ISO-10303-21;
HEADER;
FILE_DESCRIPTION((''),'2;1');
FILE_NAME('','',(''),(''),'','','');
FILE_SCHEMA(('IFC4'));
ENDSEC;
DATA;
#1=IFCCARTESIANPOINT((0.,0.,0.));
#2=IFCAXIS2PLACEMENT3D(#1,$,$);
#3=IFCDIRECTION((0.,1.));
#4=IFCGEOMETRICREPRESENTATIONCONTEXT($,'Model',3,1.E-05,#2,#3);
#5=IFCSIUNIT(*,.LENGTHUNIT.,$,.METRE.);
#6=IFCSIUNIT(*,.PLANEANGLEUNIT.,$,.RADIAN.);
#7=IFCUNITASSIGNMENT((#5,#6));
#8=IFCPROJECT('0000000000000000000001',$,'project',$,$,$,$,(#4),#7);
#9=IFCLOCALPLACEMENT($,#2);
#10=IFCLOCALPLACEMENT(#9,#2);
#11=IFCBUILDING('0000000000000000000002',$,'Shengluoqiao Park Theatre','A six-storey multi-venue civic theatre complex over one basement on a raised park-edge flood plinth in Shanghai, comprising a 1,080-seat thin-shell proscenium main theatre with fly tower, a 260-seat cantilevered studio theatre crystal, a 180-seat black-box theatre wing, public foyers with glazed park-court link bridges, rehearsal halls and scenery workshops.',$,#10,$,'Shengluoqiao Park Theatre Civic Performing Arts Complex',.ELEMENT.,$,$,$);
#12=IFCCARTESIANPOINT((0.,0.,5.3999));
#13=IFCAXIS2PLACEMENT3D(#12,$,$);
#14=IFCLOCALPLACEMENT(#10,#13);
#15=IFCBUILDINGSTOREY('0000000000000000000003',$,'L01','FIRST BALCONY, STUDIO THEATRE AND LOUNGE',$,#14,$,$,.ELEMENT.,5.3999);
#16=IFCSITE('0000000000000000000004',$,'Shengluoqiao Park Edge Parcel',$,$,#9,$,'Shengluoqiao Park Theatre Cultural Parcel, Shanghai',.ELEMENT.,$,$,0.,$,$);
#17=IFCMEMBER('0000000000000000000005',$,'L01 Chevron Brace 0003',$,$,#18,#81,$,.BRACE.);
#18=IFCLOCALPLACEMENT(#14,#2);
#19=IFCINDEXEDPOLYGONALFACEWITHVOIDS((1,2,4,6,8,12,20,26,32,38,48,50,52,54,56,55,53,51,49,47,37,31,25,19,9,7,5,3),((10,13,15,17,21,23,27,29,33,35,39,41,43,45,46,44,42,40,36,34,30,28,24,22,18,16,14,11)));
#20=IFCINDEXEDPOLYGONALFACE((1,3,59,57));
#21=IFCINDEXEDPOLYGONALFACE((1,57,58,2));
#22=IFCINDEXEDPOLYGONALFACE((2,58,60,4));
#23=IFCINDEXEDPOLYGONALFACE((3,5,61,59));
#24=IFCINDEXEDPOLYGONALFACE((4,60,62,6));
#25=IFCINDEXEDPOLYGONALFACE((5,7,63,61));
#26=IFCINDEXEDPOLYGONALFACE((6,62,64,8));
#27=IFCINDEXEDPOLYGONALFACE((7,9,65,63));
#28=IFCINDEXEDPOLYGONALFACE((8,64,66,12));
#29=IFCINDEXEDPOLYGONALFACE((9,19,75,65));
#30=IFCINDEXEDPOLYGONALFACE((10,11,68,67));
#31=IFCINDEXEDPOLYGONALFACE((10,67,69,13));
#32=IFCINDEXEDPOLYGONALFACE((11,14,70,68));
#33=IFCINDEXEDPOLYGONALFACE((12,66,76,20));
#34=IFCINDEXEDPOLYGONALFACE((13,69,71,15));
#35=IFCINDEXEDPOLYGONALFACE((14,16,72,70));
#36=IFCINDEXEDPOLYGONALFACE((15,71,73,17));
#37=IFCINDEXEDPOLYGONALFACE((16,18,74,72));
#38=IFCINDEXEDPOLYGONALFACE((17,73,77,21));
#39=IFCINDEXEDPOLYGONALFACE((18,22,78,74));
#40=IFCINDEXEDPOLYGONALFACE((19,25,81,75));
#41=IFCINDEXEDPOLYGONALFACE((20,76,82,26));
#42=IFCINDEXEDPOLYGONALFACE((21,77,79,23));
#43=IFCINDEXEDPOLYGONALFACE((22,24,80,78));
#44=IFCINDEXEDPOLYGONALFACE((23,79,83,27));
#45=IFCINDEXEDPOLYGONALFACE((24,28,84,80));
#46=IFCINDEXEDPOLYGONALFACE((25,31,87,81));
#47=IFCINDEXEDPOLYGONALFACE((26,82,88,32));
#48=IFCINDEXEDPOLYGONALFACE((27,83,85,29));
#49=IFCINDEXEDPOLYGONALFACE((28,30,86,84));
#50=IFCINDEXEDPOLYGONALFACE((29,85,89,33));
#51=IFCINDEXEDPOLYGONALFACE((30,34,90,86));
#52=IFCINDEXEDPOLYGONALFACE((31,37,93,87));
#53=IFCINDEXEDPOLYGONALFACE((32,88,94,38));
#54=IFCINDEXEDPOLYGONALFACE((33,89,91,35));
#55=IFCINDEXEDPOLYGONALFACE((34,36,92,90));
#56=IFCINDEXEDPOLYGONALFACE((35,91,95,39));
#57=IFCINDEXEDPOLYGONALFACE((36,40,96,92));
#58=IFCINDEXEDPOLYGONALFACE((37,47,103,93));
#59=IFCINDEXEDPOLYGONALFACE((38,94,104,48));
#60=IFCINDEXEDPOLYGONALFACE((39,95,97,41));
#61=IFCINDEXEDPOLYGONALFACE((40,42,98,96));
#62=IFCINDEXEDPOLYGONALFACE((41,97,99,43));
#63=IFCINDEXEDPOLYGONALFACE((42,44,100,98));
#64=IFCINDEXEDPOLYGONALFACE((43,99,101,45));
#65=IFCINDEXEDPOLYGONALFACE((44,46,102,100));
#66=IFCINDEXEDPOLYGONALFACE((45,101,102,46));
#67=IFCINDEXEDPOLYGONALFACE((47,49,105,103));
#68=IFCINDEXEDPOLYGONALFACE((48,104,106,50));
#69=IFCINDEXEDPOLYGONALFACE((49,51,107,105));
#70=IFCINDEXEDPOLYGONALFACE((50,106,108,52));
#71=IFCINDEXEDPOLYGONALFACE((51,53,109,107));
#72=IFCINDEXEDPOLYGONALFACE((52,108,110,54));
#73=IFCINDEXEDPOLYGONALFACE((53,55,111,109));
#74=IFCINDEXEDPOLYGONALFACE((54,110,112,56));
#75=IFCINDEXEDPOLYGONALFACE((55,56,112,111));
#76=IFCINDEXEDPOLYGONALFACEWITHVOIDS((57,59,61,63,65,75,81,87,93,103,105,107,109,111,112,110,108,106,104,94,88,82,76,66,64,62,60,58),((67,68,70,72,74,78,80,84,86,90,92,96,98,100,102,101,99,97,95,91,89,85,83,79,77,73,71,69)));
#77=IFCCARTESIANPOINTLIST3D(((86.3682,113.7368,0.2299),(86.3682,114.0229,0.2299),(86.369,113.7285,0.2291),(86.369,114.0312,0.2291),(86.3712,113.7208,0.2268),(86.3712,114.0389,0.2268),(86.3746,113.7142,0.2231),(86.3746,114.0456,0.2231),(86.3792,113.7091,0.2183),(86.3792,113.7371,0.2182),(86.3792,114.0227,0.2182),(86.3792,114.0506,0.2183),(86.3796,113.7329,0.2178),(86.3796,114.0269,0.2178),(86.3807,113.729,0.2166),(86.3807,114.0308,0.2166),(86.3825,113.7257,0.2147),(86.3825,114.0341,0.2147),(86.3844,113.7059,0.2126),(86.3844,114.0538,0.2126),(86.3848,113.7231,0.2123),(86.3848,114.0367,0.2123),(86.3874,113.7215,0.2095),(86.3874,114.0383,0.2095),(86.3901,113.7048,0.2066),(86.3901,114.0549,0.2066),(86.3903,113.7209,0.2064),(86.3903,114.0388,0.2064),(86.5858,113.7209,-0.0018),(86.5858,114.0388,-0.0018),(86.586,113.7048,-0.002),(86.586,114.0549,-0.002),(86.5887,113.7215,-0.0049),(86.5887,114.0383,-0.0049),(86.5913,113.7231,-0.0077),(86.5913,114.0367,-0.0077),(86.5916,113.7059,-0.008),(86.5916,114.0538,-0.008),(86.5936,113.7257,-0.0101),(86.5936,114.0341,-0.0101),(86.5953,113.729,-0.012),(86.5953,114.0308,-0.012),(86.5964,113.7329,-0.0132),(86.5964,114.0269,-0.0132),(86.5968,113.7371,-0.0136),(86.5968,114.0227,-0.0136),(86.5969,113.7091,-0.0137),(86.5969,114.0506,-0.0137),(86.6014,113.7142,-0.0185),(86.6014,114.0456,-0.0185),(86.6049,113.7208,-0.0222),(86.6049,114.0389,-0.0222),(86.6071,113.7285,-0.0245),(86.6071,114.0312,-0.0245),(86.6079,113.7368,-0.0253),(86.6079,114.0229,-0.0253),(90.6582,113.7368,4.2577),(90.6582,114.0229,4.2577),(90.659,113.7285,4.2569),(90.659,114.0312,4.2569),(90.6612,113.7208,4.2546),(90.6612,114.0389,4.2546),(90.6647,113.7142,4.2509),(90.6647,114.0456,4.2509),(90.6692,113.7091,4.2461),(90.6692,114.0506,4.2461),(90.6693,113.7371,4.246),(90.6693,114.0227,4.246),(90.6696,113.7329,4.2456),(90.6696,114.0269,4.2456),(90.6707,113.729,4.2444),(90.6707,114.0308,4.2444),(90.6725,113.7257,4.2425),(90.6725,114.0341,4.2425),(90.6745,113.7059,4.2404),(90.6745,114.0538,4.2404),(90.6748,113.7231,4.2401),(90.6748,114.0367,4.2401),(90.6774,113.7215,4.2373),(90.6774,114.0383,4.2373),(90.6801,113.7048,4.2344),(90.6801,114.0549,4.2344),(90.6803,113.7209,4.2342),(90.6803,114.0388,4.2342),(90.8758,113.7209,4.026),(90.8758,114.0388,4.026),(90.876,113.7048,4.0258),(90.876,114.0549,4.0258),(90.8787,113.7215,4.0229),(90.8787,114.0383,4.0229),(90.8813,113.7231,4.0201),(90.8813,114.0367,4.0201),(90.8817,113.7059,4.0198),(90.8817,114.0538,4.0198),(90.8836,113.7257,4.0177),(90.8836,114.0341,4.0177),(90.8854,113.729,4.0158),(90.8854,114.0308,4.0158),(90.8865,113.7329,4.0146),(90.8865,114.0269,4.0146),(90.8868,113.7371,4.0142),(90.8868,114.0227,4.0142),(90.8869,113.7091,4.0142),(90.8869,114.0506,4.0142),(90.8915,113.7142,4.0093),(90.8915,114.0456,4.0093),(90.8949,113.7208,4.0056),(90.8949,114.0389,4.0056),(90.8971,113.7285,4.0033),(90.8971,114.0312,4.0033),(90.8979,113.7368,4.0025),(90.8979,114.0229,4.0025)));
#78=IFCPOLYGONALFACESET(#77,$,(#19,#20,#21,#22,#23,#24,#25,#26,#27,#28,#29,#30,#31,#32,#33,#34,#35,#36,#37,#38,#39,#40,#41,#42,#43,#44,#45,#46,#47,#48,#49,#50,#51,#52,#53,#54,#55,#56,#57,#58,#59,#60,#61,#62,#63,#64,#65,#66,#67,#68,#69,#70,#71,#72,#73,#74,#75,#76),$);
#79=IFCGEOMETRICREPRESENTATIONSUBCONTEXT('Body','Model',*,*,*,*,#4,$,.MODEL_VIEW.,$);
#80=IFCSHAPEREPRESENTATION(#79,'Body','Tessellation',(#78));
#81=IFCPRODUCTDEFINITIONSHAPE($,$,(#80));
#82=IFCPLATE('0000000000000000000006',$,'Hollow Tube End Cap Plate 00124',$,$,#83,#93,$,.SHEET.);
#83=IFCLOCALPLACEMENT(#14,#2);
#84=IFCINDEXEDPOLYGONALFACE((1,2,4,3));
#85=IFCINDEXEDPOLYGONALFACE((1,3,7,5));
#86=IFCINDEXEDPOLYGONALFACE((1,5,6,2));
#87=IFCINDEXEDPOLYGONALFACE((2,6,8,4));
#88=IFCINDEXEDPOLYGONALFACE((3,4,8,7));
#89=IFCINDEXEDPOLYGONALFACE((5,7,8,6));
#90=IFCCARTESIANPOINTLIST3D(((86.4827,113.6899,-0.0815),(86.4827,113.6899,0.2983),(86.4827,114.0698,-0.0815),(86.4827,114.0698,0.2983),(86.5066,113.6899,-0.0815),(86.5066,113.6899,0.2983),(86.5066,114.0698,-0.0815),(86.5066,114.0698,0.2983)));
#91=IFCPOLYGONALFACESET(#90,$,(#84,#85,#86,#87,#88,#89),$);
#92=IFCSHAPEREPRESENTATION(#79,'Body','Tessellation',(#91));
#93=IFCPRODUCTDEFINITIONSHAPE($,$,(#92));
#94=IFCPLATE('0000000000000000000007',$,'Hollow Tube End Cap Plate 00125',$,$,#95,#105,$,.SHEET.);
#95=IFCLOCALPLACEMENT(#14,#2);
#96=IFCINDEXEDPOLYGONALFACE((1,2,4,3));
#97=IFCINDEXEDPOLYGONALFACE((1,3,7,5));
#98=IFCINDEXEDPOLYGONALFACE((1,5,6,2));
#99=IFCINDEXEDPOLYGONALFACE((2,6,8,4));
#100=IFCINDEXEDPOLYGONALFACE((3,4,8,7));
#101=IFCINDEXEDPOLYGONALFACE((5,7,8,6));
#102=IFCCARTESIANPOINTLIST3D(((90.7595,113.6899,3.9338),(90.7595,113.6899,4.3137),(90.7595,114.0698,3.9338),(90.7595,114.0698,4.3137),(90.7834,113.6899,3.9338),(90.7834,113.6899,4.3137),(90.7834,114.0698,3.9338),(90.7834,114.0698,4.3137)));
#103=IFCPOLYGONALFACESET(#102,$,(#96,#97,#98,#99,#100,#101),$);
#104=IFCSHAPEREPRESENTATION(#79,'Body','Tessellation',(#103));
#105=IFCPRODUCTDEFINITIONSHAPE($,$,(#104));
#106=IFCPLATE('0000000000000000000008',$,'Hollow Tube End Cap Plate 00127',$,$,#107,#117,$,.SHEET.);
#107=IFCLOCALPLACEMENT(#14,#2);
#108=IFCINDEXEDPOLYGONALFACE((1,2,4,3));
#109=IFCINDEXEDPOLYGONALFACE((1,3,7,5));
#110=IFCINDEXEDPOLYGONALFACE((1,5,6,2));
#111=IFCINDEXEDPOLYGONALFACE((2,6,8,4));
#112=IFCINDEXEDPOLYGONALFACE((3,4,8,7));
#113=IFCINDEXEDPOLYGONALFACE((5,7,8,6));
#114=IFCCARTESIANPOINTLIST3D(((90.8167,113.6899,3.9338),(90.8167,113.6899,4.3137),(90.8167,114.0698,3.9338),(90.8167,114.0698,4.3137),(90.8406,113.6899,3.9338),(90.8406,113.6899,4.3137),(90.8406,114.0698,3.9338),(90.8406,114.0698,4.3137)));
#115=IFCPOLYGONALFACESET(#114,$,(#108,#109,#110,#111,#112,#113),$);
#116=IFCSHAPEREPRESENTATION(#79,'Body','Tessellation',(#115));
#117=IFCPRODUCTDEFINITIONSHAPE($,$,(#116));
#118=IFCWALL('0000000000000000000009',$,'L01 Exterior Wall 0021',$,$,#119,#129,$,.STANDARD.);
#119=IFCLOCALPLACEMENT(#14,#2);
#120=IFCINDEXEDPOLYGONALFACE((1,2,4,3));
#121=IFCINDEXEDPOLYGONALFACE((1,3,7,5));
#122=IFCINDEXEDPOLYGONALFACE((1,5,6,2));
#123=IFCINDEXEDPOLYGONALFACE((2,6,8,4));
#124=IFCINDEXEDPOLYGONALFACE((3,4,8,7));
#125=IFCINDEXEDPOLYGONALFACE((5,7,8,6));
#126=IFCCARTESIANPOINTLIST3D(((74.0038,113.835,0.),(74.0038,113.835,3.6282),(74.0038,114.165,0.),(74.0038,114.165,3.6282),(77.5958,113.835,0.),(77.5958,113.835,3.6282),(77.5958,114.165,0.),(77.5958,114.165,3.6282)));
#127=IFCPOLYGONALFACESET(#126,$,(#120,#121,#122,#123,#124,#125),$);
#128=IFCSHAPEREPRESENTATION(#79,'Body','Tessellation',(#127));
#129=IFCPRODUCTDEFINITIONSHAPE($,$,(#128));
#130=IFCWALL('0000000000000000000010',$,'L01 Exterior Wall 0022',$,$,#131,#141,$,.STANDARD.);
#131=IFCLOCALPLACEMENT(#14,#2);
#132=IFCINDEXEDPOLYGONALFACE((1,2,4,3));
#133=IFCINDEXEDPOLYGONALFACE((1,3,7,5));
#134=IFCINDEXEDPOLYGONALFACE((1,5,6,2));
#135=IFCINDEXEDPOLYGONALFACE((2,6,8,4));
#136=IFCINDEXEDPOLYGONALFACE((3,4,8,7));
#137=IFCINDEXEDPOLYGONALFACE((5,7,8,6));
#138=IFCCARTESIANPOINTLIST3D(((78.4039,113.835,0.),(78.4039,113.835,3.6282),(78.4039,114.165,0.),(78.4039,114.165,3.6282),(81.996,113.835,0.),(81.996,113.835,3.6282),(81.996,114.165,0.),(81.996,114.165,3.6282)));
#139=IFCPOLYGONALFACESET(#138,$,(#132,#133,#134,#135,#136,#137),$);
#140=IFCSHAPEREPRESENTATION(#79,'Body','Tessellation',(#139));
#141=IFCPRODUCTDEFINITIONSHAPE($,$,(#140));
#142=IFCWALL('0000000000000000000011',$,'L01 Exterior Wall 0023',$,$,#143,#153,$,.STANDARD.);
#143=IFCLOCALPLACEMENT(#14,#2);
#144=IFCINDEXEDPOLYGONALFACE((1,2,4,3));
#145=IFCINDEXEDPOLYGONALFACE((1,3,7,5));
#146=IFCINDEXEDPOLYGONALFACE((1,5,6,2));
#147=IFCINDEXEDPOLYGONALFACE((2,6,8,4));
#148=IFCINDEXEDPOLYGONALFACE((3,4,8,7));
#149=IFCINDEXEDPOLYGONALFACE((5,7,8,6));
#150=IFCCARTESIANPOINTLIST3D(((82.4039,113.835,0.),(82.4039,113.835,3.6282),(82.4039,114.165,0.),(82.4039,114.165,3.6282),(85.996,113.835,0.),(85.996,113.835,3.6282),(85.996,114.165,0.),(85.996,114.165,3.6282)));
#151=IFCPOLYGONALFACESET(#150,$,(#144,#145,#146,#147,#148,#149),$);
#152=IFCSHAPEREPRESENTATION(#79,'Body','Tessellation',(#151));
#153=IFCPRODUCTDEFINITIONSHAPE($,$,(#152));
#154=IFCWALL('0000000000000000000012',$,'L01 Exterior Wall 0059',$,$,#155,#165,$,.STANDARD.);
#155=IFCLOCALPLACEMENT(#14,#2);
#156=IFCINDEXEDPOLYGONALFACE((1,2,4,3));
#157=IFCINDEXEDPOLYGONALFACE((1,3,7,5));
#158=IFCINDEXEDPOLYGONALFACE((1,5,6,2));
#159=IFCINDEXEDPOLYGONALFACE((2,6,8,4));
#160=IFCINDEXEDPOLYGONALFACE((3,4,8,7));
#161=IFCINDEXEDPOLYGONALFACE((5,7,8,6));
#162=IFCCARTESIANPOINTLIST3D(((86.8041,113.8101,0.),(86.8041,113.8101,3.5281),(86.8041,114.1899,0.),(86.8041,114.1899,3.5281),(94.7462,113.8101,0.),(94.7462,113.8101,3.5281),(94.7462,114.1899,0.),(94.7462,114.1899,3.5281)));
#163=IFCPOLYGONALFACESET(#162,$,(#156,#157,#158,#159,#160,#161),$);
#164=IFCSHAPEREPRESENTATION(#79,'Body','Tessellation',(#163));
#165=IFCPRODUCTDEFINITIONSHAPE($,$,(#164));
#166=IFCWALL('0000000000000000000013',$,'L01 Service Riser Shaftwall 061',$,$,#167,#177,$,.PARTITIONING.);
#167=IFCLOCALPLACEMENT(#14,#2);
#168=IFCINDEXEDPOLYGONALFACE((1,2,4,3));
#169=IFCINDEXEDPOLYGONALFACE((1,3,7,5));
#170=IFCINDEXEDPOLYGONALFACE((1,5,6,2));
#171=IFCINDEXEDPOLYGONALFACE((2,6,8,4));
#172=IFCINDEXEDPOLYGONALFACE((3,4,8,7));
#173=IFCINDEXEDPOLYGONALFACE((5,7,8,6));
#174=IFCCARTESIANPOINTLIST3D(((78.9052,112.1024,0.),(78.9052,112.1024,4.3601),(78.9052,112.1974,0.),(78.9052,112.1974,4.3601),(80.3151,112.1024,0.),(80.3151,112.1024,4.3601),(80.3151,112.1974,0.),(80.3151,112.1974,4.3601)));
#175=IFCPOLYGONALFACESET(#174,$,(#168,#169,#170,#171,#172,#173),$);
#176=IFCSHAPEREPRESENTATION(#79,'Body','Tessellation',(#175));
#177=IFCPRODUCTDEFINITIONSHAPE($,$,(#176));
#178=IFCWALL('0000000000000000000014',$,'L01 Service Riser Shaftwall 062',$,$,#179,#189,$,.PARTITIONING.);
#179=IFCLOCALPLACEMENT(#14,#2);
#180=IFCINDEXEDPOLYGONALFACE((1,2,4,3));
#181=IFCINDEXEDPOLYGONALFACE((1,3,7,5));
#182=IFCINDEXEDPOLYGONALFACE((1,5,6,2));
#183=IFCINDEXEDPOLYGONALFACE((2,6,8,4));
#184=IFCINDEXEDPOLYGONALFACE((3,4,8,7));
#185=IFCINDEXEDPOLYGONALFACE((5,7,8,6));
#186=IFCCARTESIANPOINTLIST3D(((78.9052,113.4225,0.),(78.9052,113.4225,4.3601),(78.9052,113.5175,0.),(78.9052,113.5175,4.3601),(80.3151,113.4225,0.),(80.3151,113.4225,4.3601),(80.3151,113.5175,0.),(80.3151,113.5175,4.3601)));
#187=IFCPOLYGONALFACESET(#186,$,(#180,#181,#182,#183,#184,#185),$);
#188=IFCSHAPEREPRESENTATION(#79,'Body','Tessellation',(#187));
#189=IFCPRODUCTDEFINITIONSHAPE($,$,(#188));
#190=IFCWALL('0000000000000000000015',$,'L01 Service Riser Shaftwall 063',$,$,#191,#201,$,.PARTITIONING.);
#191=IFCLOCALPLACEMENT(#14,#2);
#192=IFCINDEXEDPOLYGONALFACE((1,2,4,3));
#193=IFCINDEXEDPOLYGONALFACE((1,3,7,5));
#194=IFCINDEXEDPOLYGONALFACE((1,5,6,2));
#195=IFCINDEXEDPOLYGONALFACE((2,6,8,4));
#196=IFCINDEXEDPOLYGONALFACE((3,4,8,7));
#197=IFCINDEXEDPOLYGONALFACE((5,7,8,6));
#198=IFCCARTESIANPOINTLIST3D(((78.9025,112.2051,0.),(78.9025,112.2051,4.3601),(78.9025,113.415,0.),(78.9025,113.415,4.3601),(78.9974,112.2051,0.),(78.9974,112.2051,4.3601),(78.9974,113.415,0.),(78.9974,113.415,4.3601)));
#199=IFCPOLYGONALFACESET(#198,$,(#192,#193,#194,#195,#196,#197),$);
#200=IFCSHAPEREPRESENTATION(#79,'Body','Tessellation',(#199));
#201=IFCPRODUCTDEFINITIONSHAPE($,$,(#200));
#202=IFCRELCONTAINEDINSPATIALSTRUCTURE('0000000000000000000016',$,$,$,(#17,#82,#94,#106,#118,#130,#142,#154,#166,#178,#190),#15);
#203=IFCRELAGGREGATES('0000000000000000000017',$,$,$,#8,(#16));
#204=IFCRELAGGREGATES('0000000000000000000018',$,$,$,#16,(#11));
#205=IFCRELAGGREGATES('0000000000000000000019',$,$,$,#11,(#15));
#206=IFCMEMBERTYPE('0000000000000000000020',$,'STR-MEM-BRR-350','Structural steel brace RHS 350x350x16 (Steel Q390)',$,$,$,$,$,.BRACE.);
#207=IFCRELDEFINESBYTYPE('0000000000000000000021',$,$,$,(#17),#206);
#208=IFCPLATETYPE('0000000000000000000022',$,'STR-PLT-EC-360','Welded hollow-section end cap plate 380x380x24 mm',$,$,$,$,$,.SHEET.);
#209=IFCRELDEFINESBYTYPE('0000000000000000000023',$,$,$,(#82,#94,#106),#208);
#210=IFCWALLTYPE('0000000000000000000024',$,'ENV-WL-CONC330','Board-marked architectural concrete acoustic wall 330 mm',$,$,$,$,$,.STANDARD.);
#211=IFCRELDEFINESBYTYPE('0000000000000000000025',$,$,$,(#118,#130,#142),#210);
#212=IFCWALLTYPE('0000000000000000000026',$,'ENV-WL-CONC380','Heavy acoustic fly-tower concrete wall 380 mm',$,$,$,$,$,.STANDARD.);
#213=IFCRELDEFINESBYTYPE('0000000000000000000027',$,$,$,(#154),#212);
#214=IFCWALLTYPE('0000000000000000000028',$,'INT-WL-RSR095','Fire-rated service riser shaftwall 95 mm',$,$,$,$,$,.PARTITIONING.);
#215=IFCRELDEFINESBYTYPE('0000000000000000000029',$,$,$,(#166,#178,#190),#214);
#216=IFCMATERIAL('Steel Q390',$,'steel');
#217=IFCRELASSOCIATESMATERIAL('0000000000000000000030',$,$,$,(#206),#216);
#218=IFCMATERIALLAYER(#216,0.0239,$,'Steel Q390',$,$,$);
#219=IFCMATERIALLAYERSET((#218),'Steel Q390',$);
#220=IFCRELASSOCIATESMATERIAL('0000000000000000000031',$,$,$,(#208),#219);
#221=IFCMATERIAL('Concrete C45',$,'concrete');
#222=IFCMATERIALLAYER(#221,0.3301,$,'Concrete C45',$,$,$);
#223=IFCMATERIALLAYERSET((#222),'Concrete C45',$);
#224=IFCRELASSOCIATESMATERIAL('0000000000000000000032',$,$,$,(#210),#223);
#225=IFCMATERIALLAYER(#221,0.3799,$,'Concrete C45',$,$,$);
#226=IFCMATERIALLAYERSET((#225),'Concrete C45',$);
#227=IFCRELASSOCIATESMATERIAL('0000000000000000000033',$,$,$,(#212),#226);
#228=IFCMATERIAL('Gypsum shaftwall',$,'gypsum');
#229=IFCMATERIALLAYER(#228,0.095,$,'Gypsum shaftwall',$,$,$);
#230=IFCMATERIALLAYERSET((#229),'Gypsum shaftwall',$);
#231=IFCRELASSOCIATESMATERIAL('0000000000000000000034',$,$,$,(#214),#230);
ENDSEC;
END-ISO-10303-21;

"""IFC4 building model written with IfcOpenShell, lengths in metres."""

from ifc_helpers import new_model, si_unit, direction, frame, frame_2d, origin, origin_2d, place, context, subcontext, project, spatial, rectangle, hollow_rectangle, extrude, material, layer, layer_set, material_profile, profile_set, type_object, element, save


model = new_model("IFC4")

# Units and contexts
model_context = context("Model", 3, precision=1e-05, world=origin(), true_north=direction((0.0, 1.0)))
body_context = subcontext(model_context, "Body", "Model", "MODEL_VIEW")
ifc_project = project(units=[si_unit("LENGTHUNIT", "METRE"), si_unit("PLANEANGLEUNIT", "RADIAN")], contexts=[model_context])

# Site, building, storey
site_placement = place(None, origin())
site = spatial("IfcSite", under=ifc_project, at=site_placement, Name="Shengluoqiao Park Edge Parcel", LongName="Shengluoqiao Park Theatre Cultural Parcel, Shanghai", CompositionType="ELEMENT", RefElevation=0.0)
building_placement = place(site_placement, origin())
building = spatial("IfcBuilding", under=site, at=building_placement, Name="Shengluoqiao Park Theatre", Description="A six-storey multi-venue civic theatre complex over one basement on a raised park-edge flood plinth in Shanghai, comprising a 1,080-seat thin-shell proscenium main theatre with fly tower, a 260-seat cantilevered studio theatre crystal, a 180-seat black-box theatre wing, public foyers with glazed park-court link bridges, rehearsal halls and scenery workshops.", LongName="Shengluoqiao Park Theatre Civic Performing Arts Complex", CompositionType="ELEMENT")
storey_placement = place(building_placement, frame((0.0, 0.0, 5.3999)))
storey = spatial("IfcBuildingStorey", under=building, at=storey_placement, Name="L01", Description="FIRST BALCONY, STUDIO THEATRE AND LOUNGE", CompositionType="ELEMENT", Elevation=5.3999)

# Shared definitions
ifc_material_1 = material(Name="Steel Q390", Category="steel")

# Member
ifc_material_profile_1 = material_profile(ifc_material_1, hollow_rectangle(XDim=0.3501, YDim=0.3501, WallThickness=0.0161, InnerFilletRadius=0.0161, OuterFilletRadius=0.032, at=origin_2d()), Name="RHS 350x350x16")
ifc_profile_set_1 = profile_set([ifc_material_profile_1], Name="Steel Q390")
member_type = type_object("IfcMemberType", Name="STR-MEM-BRR-350", Description="Structural steel brace RHS 350x350x16 (Steel Q390)", PredefinedType="BRACE", material=ifc_profile_set_1)
member_placement = place(storey_placement, frame((86.488, 113.8799, 0.1023), z_axis=(0.729035, 0.0, 0.684476), x_axis=(0.0, 1.0, 0.0)))
element("IfcMember", 1, at=member_placement, inside=storey, type_object=member_type, Name="L01 Chevron Brace 0003", PredefinedType="BRACE", context=body_context, shape_type="SweptSolid", body=[
    extrude(hollow_rectangle(XDim=0.3501, YDim=0.3501, WallThickness=0.0161, InnerFilletRadius=0.0161, OuterFilletRadius=0.032, at=origin_2d()), origin(), (0.0, 0.0, 1.0), 5.8845),
])

# Plates
ifc_layer_1 = layer(ifc_material_1, 0.0239, Name="Steel Q390")
ifc_layer_set_1 = layer_set([ifc_layer_1], Name="Steel Q390")
plate_type = type_object("IfcPlateType", Name="STR-PLT-EC-360", Description="Welded hollow-section end cap plate 380x380x24 mm", PredefinedType="SHEET", material=ifc_layer_set_1)
for number, where, z_axis, x_axis, name in (
    (2, (86.4946, 113.8799, -0.0815), (0.0, 0.0, 1.0), (1.0, 0.0, 0.0), "Hollow Tube End Cap Plate 00124"),
    (3, (90.7715, 113.8799, 3.9338), (0.0, 0.0, 1.0), (1.0, 0.0, 0.0), "Hollow Tube End Cap Plate 00125"),
    (4, (90.8286, 113.8799, 3.9338), (0.0, 0.0, 1.0), (-1.0, 0.0, 0.0), "Hollow Tube End Cap Plate 00127"),
):
    element("IfcPlate", number, at=place(storey_placement, frame(where, z_axis=z_axis, x_axis=x_axis)), inside=storey, type_object=plate_type, Name=name, PredefinedType="SHEET", context=body_context, shape_type="SweptSolid", body=[
        extrude(rectangle(XDim=0.0239, YDim=0.3799, at=origin_2d()), origin(), (0.0, 0.0, 1.0), 0.3799),
    ])

# Walls
ifc_material_2 = material(Name="Concrete C45", Category="concrete")
ifc_layer_2 = layer(ifc_material_2, 0.3301, Name="Concrete C45")
ifc_layer_set_2 = layer_set([ifc_layer_2], Name="Concrete C45")
wall_type_1 = type_object("IfcWallType", Name="ENV-WL-CONC330", Description="Board-marked architectural concrete acoustic wall 330 mm", PredefinedType="STANDARD", material=ifc_layer_set_2)
for number, where, z_axis, x_axis, name in (
    (5, (74.0039, 114.0, 0.0), (0.0, 0.0, 1.0), (1.0, 0.0, 0.0), "L01 Exterior Wall 0021"),
    (6, (78.4041, 114.0, 0.0), (0.0, 0.0, 1.0), (1.0, 0.0, 0.0), "L01 Exterior Wall 0022"),
    (7, (82.4041, 114.0, 0.0), (0.0, 0.0, 1.0), (1.0, 0.0, 0.0), "L01 Exterior Wall 0023"),
):
    element("IfcWall", number, at=place(storey_placement, frame(where, z_axis=z_axis, x_axis=x_axis)), inside=storey, type_object=wall_type_1, Name=name, PredefinedType="STANDARD", context=body_context, shape_type="SweptSolid", body=[
        extrude(rectangle(XDim=3.592, YDim=0.3301, at=frame_2d((1.7959, 0.0))), origin(), (0.0, 0.0, 1.0), 3.6282),
    ])
ifc_layer_3 = layer(ifc_material_2, 0.3799, Name="Concrete C45")
ifc_layer_set_3 = layer_set([ifc_layer_3], Name="Concrete C45")
wall_type_2 = type_object("IfcWallType", Name="ENV-WL-CONC380", Description="Heavy acoustic fly-tower concrete wall 380 mm", PredefinedType="STANDARD", material=ifc_layer_set_3)
wall_1_placement = place(storey_placement, frame((86.804, 114.0, 0.0), z_axis=(0.0, 0.0, 1.0), x_axis=(1.0, 0.0, 0.0)))
element("IfcWall", 8, at=wall_1_placement, inside=storey, type_object=wall_type_2, Name="L01 Exterior Wall 0059", PredefinedType="STANDARD", context=body_context, shape_type="SweptSolid", body=[
    extrude(rectangle(XDim=7.9421, YDim=0.3799, at=frame_2d((3.9712, 0.0))), origin(), (0.0, 0.0, 1.0), 3.5281),
])
ifc_material_3 = material(Name="Gypsum shaftwall", Category="gypsum")
ifc_layer_4 = layer(ifc_material_3, 0.095, Name="Gypsum shaftwall")
ifc_layer_set_4 = layer_set([ifc_layer_4], Name="Gypsum shaftwall")
wall_type_3 = type_object("IfcWallType", Name="INT-WL-RSR095", Description="Fire-rated service riser shaftwall 95 mm", PredefinedType="PARTITIONING", material=ifc_layer_set_4)
for number, where, z_axis, x_axis, name in (
    (9, (78.905, 112.1499, 0.0), (0.0, 0.0, 1.0), (1.0, 0.0, 0.0), "L01 Service Riser Shaftwall 061"),
    (10, (78.905, 113.47, 0.0), (0.0, 0.0, 1.0), (1.0, 0.0, 0.0), "L01 Service Riser Shaftwall 062"),
):
    element("IfcWall", number, at=place(storey_placement, frame(where, z_axis=z_axis, x_axis=x_axis)), inside=storey, type_object=wall_type_3, Name=name, PredefinedType="PARTITIONING", context=body_context, shape_type="SweptSolid", body=[
        extrude(rectangle(XDim=1.4099, YDim=0.095, at=frame_2d((0.7051, 0.0))), origin(), (0.0, 0.0, 1.0), 4.3601),
    ])
for number, where, z_axis, x_axis, name in (
    (11, (78.95, 112.2051, 0.0), (0.0, 0.0, 1.0), (0.0, 1.0, 0.0), "L01 Service Riser Shaftwall 063"),
):
    element("IfcWall", number, at=place(storey_placement, frame(where, z_axis=z_axis, x_axis=x_axis)), inside=storey, type_object=wall_type_3, Name=name, PredefinedType="PARTITIONING", context=body_context, shape_type="SweptSolid", body=[
        extrude(rectangle(XDim=1.21, YDim=0.095, at=frame_2d((0.605, 0.0))), origin(), (0.0, 0.0, 1.0), 4.3601),
    ])

save(model, "model.ifc")
